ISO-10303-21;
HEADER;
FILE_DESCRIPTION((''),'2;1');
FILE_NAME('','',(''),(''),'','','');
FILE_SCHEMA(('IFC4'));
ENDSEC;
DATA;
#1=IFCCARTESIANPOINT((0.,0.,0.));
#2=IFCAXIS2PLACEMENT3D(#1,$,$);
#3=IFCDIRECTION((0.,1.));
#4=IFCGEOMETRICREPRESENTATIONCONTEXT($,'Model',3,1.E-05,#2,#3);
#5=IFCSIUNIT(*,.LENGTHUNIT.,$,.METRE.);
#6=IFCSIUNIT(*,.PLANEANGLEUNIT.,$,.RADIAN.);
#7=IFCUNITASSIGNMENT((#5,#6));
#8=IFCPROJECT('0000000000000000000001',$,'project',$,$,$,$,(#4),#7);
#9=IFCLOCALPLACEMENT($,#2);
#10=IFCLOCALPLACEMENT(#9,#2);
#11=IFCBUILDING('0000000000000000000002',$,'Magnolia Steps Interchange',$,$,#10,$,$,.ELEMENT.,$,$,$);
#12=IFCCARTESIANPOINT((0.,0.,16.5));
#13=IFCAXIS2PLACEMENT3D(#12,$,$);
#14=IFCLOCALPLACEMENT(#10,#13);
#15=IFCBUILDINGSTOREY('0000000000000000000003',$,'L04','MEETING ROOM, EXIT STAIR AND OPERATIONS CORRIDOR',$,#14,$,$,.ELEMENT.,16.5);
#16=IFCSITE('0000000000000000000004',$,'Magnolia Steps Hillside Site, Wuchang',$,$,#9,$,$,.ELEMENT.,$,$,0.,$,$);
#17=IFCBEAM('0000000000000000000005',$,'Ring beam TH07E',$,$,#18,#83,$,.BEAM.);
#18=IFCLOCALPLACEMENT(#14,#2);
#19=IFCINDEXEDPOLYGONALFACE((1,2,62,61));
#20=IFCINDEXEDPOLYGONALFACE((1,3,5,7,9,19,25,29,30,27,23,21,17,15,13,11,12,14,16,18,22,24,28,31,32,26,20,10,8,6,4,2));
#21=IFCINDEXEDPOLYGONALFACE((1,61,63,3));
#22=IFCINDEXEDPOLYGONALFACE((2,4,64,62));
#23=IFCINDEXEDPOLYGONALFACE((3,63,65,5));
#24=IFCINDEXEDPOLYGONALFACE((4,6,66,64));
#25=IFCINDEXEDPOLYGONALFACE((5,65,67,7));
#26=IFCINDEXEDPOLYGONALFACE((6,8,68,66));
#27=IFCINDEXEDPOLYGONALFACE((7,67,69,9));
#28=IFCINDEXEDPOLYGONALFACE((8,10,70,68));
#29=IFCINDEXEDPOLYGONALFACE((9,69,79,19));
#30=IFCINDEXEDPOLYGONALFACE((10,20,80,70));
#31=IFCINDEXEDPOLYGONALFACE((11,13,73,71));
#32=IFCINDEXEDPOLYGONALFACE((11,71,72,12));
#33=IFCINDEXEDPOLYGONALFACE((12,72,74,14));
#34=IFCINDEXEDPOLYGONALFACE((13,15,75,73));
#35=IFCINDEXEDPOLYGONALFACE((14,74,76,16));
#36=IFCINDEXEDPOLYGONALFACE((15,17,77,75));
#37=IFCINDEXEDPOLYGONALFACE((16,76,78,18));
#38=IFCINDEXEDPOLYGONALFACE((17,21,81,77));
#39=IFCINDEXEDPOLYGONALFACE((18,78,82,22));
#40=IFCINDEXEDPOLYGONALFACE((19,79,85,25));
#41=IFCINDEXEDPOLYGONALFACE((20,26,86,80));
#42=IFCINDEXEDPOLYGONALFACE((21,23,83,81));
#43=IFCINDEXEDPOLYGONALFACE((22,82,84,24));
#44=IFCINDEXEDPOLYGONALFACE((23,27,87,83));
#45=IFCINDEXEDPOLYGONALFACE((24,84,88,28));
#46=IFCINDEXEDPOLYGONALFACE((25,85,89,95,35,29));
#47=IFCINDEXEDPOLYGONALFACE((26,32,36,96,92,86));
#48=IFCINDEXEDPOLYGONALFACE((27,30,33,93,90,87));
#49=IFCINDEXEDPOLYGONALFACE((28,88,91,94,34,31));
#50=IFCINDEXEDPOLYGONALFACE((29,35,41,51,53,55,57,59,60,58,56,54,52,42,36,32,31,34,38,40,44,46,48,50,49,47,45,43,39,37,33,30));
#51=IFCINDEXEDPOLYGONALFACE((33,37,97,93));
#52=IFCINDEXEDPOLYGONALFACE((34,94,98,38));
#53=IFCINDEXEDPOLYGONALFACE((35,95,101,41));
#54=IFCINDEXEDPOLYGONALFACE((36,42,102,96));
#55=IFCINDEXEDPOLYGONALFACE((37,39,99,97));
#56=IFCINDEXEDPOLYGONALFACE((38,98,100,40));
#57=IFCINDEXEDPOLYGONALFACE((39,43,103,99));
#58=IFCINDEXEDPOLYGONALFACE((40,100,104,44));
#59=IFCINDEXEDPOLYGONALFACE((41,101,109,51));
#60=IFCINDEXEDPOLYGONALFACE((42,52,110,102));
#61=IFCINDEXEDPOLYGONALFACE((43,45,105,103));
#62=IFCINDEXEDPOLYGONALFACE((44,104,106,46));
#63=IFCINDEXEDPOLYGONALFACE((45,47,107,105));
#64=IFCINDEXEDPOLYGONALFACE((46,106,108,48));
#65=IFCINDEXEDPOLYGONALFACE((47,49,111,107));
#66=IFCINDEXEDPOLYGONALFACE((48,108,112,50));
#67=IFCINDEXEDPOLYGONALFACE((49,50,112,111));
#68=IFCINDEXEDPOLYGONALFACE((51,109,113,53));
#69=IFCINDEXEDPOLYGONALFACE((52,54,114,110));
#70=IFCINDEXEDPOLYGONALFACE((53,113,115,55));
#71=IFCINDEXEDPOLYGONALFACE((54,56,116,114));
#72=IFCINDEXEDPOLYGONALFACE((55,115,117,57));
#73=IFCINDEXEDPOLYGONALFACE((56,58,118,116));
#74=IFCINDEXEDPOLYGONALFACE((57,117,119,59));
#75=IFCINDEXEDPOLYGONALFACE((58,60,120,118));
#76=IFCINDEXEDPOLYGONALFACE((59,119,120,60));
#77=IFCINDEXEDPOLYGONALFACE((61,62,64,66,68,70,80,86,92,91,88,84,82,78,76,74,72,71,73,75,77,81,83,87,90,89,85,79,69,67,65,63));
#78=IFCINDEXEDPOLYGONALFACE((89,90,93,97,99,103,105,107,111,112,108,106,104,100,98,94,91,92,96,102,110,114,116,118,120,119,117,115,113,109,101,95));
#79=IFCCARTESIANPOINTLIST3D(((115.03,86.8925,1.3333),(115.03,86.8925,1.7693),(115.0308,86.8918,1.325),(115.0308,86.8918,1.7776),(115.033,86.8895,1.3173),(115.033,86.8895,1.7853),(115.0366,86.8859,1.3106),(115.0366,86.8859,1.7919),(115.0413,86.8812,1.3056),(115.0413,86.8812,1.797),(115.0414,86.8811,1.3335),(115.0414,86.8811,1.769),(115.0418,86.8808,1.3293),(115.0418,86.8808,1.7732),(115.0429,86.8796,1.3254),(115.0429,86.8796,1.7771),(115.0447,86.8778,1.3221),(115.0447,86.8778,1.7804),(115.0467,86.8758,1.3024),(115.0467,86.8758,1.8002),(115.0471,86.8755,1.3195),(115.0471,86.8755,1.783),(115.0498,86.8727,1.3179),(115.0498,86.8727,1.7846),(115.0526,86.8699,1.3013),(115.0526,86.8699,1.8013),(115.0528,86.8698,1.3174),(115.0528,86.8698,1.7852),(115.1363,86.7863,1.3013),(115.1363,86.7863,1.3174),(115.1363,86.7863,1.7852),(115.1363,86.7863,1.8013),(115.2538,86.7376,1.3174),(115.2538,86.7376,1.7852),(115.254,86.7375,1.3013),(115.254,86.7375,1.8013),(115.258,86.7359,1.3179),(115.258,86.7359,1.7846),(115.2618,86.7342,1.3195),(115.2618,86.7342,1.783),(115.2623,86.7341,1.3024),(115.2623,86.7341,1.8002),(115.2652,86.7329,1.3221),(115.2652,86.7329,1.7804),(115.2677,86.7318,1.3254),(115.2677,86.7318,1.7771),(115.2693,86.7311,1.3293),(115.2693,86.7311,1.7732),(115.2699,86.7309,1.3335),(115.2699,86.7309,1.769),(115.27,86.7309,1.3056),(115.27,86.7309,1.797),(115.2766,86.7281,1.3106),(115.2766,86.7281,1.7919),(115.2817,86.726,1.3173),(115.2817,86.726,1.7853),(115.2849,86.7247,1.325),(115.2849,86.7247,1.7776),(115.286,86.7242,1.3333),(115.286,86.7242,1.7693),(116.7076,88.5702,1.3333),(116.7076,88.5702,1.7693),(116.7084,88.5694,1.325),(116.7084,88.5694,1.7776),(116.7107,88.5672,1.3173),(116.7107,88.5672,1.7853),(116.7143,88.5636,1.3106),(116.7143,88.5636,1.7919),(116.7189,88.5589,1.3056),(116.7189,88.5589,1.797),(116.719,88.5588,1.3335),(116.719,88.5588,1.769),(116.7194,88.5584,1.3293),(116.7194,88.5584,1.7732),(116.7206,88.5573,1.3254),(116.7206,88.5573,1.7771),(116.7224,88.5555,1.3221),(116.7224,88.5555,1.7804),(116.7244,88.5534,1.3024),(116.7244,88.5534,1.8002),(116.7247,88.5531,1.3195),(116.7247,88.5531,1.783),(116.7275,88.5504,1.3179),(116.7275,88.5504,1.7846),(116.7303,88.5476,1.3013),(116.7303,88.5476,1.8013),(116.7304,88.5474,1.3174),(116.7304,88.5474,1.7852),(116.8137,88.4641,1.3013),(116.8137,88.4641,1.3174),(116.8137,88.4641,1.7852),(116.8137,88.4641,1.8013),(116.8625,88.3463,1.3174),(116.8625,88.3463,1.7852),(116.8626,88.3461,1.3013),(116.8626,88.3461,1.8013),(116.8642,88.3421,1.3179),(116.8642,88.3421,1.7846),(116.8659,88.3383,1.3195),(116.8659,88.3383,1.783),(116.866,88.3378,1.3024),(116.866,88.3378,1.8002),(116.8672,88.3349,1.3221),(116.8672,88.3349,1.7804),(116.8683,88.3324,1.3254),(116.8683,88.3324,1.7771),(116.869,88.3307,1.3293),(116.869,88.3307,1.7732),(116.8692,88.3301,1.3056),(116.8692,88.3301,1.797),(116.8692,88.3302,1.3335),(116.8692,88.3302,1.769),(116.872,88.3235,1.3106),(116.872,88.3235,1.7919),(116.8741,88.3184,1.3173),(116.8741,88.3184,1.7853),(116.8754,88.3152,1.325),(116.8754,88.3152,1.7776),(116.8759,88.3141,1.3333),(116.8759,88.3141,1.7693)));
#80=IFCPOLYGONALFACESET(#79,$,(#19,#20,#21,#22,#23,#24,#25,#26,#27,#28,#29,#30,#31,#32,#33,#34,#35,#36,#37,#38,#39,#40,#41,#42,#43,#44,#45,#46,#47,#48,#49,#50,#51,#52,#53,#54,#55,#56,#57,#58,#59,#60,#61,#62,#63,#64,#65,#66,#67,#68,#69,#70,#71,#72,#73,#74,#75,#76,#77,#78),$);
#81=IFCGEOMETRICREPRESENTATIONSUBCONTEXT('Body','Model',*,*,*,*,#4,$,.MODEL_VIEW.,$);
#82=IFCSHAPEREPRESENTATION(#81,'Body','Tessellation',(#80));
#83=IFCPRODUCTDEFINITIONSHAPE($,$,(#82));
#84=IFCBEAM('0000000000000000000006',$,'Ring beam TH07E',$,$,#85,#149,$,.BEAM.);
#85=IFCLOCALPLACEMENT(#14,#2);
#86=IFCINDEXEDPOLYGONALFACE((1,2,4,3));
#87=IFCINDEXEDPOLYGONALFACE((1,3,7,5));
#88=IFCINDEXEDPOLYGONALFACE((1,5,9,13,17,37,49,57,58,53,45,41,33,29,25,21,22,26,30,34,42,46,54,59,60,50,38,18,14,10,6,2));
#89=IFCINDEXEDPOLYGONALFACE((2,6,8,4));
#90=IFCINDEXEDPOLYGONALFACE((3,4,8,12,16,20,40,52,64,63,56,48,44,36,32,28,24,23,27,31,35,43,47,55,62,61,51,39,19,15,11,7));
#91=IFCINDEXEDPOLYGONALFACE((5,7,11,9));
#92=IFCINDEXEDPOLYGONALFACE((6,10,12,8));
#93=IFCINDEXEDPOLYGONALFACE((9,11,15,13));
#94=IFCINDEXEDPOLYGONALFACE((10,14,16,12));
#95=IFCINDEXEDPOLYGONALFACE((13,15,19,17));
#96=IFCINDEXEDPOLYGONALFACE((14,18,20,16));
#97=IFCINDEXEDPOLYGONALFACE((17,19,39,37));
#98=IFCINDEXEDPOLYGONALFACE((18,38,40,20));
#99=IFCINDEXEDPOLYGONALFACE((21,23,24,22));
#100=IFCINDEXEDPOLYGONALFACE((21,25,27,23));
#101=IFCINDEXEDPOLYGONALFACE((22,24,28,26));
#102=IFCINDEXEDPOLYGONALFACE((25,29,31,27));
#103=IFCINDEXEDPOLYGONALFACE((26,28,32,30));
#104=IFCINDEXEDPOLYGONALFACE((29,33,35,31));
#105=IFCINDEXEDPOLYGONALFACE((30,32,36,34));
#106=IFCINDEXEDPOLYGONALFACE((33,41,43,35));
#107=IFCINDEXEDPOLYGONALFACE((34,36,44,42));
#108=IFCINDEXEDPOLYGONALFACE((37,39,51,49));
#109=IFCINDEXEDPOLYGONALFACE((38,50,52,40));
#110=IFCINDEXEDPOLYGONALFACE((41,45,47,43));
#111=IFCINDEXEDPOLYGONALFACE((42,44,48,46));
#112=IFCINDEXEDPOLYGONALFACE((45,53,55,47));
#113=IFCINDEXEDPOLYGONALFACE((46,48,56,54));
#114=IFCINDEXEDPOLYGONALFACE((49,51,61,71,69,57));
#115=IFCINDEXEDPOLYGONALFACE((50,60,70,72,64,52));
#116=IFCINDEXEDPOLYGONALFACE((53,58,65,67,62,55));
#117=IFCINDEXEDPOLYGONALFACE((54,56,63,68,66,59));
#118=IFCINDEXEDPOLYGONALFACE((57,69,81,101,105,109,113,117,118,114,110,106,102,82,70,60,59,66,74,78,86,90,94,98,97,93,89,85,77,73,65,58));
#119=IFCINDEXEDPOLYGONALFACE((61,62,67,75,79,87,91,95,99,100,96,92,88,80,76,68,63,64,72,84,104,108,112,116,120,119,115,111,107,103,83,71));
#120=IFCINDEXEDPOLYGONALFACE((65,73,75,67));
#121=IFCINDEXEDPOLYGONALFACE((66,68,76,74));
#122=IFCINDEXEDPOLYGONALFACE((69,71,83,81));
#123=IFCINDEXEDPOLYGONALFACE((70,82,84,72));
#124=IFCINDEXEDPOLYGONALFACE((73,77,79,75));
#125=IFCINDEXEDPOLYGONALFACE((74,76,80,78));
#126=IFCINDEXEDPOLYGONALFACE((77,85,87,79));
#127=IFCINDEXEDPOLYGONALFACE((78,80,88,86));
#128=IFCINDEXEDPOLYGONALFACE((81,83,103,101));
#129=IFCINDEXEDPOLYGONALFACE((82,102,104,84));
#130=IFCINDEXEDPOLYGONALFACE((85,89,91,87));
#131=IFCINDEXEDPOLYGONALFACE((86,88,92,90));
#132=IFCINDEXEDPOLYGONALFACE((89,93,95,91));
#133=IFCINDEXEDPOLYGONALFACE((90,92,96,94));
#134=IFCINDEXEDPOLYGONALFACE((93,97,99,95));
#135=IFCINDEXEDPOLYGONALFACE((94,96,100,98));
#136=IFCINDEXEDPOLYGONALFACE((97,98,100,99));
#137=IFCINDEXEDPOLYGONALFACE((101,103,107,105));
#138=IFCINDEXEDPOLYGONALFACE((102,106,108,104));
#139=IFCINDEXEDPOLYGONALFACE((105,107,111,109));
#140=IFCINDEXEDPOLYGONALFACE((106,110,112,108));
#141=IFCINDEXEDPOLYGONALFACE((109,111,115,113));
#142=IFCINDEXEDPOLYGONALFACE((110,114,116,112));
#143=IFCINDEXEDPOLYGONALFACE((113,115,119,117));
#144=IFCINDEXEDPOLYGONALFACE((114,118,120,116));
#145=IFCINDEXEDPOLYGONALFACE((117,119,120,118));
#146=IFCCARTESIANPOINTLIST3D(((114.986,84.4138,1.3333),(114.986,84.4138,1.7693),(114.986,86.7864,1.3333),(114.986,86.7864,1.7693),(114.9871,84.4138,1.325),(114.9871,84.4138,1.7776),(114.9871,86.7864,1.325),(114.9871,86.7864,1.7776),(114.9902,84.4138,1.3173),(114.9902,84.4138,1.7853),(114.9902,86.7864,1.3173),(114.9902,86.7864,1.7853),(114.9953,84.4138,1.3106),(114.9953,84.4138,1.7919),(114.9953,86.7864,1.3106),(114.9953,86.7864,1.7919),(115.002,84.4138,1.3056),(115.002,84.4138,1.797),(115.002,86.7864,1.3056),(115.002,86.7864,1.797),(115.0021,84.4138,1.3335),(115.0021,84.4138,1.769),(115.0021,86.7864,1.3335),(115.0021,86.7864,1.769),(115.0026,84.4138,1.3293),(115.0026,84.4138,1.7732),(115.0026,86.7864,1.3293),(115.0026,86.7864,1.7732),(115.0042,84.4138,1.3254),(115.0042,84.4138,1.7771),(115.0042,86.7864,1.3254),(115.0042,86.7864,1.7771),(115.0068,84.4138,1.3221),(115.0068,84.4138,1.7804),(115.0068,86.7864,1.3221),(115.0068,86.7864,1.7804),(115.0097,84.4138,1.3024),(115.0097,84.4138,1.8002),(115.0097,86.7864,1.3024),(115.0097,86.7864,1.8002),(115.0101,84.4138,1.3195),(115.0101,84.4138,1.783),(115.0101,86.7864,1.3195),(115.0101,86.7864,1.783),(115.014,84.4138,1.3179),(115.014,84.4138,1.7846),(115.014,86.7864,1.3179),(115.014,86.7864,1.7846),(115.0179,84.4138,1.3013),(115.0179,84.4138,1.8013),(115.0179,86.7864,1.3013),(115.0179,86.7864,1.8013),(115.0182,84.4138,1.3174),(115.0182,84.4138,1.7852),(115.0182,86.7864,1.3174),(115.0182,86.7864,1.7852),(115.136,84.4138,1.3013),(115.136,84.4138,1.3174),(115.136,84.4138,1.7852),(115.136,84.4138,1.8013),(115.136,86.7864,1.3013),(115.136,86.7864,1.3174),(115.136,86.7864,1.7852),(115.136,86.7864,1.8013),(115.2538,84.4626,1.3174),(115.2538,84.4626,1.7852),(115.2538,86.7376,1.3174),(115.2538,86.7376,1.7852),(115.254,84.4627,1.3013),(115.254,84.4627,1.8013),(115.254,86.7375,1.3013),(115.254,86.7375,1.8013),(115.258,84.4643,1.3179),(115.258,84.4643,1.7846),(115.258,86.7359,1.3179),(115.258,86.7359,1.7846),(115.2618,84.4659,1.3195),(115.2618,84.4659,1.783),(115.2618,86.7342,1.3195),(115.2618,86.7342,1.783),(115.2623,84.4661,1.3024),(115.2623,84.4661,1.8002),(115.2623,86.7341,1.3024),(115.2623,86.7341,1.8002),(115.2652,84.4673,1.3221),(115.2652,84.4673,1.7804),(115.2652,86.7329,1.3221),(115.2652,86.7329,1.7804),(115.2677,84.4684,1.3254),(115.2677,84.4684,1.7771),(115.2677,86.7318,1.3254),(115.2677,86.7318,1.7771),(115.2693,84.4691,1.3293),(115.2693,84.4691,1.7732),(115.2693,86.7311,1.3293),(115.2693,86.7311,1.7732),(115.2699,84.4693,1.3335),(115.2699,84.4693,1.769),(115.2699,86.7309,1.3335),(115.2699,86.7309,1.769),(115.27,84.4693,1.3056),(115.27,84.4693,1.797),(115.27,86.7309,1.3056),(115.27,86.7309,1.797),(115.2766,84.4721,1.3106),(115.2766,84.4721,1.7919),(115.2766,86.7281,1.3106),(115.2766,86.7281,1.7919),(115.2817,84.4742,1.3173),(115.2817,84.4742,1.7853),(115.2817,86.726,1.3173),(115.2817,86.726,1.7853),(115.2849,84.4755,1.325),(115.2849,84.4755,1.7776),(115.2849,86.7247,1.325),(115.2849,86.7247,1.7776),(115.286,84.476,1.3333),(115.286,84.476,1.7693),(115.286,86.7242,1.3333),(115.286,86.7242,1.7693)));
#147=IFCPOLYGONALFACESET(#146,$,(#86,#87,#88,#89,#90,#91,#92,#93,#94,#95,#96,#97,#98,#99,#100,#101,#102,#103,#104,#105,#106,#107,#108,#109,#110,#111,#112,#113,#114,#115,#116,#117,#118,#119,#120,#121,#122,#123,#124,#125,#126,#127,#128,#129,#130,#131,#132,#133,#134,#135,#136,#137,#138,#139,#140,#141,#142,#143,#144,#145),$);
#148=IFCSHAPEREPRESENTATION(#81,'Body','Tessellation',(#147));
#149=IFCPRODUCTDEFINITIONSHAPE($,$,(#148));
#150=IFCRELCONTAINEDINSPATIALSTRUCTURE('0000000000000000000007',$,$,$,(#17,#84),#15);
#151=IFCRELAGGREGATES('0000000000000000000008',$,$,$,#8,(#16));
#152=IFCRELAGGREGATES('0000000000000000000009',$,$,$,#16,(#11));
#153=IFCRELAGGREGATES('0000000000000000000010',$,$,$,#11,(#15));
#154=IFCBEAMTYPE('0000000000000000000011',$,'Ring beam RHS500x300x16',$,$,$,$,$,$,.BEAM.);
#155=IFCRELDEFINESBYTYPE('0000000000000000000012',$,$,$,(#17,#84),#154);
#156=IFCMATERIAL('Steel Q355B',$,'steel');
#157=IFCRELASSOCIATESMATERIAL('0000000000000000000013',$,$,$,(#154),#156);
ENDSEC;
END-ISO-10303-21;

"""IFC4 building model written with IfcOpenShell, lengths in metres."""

from ifc_helpers import new_model, si_unit, direction, frame, origin, origin_2d, place, context, subcontext, project, spatial, hollow_rectangle, extrude, clip, halfspace, material, material_profile, profile_set, type_object, element, save


model = new_model("IFC4")

# Units and contexts
model_context = context("Model", 3, precision=1e-05, world=origin(), true_north=direction((0.0, 1.0)))
body_context = subcontext(model_context, "Body", "Model", "MODEL_VIEW")
ifc_project = project(units=[si_unit("LENGTHUNIT", "METRE"), si_unit("PLANEANGLEUNIT", "RADIAN")], contexts=[model_context])

# Site, building, storey
site_placement = place(None, origin())
site = spatial("IfcSite", under=ifc_project, at=site_placement, Name="Magnolia Steps Hillside Site, Wuchang", CompositionType="ELEMENT", RefElevation=0.0)
building_placement = place(site_placement, origin())
building = spatial("IfcBuilding", under=site, at=building_placement, Name="Magnolia Steps Interchange", CompositionType="ELEMENT")
storey_placement = place(building_placement, frame((0.0, 0.0, 16.5)))
storey = spatial("IfcBuildingStorey", under=building, at=storey_placement, Name="L04", Description="MEETING ROOM, EXIT STAIR AND OPERATIONS CORRIDOR", CompositionType="ELEMENT", Elevation=16.5)

# Beams
ifc_material_1 = material(Name="Steel Q355B", Category="steel")
ifc_material_profile_1 = material_profile(ifc_material_1, hollow_rectangle(XDim=0.3, YDim=0.5, WallThickness=0.0161, InnerFilletRadius=0.0161, OuterFilletRadius=0.032, at=origin_2d()), Name="RHS500x300x16")
ifc_profile_set_1 = profile_set([ifc_material_profile_1], Name="Steel Q355B")
beam_type_1 = type_object("IfcBeamType", Name="Ring beam RHS500x300x16", PredefinedType="BEAM", material=ifc_profile_set_1)
beam_1_placement = place(storey_placement, frame((116.8137, 88.4641, 1.5513), z_axis=(-0.707107, -0.707107, 0.0), x_axis=(0.707107, -0.707107, 0.0)))
element("IfcBeam", 1, at=beam_1_placement, inside=storey, type_object=beam_type_1, Name="Ring beam TH07E", PredefinedType="BEAM", context=body_context, shape_type="Clipping", body=[
    clip(clip(extrude(hollow_rectangle(XDim=0.3, YDim=0.5, WallThickness=0.0161, InnerFilletRadius=0.0161, OuterFilletRadius=0.032, at=origin_2d()), origin(), (0.0, 0.0, 1.0), 2.3726), halfspace(frame((0.0, 0.0, 0.0), z_axis=(0.382683, 0.0, -0.92388), x_axis=(0.92388, 0.0, 0.382683)), False)), halfspace(frame((0.0, 0.0, 2.3727), z_axis=(0.382683, 0.0, 0.92388), x_axis=(0.92388, 0.0, -0.382683)), False)),
])
beam_2_placement = place(storey_placement, frame((115.136, 86.7864, 1.5513), z_axis=(0.0, -1.0, 0.0), x_axis=(1.0, 0.0, 0.0)))
element("IfcBeam", 2, at=beam_2_placement, inside=storey, type_object=beam_type_1, Name="Ring beam TH07E", PredefinedType="BEAM", context=body_context, shape_type="Clipping", body=[
    clip(clip(extrude(hollow_rectangle(XDim=0.3, YDim=0.5, WallThickness=0.0161, InnerFilletRadius=0.0161, OuterFilletRadius=0.032, at=origin_2d()), origin(), (0.0, 0.0, 1.0), 2.3726), halfspace(frame((0.0, 0.0, 0.0), z_axis=(0.382683, 0.0, -0.92388), x_axis=(0.92388, 0.0, 0.382683)), False)), halfspace(frame((0.0, 0.0, 2.3726), z_axis=(0.382683, 0.0, 0.92388), x_axis=(0.92388, 0.0, -0.382683)), False)),
])

save(model, "model.ifc")
